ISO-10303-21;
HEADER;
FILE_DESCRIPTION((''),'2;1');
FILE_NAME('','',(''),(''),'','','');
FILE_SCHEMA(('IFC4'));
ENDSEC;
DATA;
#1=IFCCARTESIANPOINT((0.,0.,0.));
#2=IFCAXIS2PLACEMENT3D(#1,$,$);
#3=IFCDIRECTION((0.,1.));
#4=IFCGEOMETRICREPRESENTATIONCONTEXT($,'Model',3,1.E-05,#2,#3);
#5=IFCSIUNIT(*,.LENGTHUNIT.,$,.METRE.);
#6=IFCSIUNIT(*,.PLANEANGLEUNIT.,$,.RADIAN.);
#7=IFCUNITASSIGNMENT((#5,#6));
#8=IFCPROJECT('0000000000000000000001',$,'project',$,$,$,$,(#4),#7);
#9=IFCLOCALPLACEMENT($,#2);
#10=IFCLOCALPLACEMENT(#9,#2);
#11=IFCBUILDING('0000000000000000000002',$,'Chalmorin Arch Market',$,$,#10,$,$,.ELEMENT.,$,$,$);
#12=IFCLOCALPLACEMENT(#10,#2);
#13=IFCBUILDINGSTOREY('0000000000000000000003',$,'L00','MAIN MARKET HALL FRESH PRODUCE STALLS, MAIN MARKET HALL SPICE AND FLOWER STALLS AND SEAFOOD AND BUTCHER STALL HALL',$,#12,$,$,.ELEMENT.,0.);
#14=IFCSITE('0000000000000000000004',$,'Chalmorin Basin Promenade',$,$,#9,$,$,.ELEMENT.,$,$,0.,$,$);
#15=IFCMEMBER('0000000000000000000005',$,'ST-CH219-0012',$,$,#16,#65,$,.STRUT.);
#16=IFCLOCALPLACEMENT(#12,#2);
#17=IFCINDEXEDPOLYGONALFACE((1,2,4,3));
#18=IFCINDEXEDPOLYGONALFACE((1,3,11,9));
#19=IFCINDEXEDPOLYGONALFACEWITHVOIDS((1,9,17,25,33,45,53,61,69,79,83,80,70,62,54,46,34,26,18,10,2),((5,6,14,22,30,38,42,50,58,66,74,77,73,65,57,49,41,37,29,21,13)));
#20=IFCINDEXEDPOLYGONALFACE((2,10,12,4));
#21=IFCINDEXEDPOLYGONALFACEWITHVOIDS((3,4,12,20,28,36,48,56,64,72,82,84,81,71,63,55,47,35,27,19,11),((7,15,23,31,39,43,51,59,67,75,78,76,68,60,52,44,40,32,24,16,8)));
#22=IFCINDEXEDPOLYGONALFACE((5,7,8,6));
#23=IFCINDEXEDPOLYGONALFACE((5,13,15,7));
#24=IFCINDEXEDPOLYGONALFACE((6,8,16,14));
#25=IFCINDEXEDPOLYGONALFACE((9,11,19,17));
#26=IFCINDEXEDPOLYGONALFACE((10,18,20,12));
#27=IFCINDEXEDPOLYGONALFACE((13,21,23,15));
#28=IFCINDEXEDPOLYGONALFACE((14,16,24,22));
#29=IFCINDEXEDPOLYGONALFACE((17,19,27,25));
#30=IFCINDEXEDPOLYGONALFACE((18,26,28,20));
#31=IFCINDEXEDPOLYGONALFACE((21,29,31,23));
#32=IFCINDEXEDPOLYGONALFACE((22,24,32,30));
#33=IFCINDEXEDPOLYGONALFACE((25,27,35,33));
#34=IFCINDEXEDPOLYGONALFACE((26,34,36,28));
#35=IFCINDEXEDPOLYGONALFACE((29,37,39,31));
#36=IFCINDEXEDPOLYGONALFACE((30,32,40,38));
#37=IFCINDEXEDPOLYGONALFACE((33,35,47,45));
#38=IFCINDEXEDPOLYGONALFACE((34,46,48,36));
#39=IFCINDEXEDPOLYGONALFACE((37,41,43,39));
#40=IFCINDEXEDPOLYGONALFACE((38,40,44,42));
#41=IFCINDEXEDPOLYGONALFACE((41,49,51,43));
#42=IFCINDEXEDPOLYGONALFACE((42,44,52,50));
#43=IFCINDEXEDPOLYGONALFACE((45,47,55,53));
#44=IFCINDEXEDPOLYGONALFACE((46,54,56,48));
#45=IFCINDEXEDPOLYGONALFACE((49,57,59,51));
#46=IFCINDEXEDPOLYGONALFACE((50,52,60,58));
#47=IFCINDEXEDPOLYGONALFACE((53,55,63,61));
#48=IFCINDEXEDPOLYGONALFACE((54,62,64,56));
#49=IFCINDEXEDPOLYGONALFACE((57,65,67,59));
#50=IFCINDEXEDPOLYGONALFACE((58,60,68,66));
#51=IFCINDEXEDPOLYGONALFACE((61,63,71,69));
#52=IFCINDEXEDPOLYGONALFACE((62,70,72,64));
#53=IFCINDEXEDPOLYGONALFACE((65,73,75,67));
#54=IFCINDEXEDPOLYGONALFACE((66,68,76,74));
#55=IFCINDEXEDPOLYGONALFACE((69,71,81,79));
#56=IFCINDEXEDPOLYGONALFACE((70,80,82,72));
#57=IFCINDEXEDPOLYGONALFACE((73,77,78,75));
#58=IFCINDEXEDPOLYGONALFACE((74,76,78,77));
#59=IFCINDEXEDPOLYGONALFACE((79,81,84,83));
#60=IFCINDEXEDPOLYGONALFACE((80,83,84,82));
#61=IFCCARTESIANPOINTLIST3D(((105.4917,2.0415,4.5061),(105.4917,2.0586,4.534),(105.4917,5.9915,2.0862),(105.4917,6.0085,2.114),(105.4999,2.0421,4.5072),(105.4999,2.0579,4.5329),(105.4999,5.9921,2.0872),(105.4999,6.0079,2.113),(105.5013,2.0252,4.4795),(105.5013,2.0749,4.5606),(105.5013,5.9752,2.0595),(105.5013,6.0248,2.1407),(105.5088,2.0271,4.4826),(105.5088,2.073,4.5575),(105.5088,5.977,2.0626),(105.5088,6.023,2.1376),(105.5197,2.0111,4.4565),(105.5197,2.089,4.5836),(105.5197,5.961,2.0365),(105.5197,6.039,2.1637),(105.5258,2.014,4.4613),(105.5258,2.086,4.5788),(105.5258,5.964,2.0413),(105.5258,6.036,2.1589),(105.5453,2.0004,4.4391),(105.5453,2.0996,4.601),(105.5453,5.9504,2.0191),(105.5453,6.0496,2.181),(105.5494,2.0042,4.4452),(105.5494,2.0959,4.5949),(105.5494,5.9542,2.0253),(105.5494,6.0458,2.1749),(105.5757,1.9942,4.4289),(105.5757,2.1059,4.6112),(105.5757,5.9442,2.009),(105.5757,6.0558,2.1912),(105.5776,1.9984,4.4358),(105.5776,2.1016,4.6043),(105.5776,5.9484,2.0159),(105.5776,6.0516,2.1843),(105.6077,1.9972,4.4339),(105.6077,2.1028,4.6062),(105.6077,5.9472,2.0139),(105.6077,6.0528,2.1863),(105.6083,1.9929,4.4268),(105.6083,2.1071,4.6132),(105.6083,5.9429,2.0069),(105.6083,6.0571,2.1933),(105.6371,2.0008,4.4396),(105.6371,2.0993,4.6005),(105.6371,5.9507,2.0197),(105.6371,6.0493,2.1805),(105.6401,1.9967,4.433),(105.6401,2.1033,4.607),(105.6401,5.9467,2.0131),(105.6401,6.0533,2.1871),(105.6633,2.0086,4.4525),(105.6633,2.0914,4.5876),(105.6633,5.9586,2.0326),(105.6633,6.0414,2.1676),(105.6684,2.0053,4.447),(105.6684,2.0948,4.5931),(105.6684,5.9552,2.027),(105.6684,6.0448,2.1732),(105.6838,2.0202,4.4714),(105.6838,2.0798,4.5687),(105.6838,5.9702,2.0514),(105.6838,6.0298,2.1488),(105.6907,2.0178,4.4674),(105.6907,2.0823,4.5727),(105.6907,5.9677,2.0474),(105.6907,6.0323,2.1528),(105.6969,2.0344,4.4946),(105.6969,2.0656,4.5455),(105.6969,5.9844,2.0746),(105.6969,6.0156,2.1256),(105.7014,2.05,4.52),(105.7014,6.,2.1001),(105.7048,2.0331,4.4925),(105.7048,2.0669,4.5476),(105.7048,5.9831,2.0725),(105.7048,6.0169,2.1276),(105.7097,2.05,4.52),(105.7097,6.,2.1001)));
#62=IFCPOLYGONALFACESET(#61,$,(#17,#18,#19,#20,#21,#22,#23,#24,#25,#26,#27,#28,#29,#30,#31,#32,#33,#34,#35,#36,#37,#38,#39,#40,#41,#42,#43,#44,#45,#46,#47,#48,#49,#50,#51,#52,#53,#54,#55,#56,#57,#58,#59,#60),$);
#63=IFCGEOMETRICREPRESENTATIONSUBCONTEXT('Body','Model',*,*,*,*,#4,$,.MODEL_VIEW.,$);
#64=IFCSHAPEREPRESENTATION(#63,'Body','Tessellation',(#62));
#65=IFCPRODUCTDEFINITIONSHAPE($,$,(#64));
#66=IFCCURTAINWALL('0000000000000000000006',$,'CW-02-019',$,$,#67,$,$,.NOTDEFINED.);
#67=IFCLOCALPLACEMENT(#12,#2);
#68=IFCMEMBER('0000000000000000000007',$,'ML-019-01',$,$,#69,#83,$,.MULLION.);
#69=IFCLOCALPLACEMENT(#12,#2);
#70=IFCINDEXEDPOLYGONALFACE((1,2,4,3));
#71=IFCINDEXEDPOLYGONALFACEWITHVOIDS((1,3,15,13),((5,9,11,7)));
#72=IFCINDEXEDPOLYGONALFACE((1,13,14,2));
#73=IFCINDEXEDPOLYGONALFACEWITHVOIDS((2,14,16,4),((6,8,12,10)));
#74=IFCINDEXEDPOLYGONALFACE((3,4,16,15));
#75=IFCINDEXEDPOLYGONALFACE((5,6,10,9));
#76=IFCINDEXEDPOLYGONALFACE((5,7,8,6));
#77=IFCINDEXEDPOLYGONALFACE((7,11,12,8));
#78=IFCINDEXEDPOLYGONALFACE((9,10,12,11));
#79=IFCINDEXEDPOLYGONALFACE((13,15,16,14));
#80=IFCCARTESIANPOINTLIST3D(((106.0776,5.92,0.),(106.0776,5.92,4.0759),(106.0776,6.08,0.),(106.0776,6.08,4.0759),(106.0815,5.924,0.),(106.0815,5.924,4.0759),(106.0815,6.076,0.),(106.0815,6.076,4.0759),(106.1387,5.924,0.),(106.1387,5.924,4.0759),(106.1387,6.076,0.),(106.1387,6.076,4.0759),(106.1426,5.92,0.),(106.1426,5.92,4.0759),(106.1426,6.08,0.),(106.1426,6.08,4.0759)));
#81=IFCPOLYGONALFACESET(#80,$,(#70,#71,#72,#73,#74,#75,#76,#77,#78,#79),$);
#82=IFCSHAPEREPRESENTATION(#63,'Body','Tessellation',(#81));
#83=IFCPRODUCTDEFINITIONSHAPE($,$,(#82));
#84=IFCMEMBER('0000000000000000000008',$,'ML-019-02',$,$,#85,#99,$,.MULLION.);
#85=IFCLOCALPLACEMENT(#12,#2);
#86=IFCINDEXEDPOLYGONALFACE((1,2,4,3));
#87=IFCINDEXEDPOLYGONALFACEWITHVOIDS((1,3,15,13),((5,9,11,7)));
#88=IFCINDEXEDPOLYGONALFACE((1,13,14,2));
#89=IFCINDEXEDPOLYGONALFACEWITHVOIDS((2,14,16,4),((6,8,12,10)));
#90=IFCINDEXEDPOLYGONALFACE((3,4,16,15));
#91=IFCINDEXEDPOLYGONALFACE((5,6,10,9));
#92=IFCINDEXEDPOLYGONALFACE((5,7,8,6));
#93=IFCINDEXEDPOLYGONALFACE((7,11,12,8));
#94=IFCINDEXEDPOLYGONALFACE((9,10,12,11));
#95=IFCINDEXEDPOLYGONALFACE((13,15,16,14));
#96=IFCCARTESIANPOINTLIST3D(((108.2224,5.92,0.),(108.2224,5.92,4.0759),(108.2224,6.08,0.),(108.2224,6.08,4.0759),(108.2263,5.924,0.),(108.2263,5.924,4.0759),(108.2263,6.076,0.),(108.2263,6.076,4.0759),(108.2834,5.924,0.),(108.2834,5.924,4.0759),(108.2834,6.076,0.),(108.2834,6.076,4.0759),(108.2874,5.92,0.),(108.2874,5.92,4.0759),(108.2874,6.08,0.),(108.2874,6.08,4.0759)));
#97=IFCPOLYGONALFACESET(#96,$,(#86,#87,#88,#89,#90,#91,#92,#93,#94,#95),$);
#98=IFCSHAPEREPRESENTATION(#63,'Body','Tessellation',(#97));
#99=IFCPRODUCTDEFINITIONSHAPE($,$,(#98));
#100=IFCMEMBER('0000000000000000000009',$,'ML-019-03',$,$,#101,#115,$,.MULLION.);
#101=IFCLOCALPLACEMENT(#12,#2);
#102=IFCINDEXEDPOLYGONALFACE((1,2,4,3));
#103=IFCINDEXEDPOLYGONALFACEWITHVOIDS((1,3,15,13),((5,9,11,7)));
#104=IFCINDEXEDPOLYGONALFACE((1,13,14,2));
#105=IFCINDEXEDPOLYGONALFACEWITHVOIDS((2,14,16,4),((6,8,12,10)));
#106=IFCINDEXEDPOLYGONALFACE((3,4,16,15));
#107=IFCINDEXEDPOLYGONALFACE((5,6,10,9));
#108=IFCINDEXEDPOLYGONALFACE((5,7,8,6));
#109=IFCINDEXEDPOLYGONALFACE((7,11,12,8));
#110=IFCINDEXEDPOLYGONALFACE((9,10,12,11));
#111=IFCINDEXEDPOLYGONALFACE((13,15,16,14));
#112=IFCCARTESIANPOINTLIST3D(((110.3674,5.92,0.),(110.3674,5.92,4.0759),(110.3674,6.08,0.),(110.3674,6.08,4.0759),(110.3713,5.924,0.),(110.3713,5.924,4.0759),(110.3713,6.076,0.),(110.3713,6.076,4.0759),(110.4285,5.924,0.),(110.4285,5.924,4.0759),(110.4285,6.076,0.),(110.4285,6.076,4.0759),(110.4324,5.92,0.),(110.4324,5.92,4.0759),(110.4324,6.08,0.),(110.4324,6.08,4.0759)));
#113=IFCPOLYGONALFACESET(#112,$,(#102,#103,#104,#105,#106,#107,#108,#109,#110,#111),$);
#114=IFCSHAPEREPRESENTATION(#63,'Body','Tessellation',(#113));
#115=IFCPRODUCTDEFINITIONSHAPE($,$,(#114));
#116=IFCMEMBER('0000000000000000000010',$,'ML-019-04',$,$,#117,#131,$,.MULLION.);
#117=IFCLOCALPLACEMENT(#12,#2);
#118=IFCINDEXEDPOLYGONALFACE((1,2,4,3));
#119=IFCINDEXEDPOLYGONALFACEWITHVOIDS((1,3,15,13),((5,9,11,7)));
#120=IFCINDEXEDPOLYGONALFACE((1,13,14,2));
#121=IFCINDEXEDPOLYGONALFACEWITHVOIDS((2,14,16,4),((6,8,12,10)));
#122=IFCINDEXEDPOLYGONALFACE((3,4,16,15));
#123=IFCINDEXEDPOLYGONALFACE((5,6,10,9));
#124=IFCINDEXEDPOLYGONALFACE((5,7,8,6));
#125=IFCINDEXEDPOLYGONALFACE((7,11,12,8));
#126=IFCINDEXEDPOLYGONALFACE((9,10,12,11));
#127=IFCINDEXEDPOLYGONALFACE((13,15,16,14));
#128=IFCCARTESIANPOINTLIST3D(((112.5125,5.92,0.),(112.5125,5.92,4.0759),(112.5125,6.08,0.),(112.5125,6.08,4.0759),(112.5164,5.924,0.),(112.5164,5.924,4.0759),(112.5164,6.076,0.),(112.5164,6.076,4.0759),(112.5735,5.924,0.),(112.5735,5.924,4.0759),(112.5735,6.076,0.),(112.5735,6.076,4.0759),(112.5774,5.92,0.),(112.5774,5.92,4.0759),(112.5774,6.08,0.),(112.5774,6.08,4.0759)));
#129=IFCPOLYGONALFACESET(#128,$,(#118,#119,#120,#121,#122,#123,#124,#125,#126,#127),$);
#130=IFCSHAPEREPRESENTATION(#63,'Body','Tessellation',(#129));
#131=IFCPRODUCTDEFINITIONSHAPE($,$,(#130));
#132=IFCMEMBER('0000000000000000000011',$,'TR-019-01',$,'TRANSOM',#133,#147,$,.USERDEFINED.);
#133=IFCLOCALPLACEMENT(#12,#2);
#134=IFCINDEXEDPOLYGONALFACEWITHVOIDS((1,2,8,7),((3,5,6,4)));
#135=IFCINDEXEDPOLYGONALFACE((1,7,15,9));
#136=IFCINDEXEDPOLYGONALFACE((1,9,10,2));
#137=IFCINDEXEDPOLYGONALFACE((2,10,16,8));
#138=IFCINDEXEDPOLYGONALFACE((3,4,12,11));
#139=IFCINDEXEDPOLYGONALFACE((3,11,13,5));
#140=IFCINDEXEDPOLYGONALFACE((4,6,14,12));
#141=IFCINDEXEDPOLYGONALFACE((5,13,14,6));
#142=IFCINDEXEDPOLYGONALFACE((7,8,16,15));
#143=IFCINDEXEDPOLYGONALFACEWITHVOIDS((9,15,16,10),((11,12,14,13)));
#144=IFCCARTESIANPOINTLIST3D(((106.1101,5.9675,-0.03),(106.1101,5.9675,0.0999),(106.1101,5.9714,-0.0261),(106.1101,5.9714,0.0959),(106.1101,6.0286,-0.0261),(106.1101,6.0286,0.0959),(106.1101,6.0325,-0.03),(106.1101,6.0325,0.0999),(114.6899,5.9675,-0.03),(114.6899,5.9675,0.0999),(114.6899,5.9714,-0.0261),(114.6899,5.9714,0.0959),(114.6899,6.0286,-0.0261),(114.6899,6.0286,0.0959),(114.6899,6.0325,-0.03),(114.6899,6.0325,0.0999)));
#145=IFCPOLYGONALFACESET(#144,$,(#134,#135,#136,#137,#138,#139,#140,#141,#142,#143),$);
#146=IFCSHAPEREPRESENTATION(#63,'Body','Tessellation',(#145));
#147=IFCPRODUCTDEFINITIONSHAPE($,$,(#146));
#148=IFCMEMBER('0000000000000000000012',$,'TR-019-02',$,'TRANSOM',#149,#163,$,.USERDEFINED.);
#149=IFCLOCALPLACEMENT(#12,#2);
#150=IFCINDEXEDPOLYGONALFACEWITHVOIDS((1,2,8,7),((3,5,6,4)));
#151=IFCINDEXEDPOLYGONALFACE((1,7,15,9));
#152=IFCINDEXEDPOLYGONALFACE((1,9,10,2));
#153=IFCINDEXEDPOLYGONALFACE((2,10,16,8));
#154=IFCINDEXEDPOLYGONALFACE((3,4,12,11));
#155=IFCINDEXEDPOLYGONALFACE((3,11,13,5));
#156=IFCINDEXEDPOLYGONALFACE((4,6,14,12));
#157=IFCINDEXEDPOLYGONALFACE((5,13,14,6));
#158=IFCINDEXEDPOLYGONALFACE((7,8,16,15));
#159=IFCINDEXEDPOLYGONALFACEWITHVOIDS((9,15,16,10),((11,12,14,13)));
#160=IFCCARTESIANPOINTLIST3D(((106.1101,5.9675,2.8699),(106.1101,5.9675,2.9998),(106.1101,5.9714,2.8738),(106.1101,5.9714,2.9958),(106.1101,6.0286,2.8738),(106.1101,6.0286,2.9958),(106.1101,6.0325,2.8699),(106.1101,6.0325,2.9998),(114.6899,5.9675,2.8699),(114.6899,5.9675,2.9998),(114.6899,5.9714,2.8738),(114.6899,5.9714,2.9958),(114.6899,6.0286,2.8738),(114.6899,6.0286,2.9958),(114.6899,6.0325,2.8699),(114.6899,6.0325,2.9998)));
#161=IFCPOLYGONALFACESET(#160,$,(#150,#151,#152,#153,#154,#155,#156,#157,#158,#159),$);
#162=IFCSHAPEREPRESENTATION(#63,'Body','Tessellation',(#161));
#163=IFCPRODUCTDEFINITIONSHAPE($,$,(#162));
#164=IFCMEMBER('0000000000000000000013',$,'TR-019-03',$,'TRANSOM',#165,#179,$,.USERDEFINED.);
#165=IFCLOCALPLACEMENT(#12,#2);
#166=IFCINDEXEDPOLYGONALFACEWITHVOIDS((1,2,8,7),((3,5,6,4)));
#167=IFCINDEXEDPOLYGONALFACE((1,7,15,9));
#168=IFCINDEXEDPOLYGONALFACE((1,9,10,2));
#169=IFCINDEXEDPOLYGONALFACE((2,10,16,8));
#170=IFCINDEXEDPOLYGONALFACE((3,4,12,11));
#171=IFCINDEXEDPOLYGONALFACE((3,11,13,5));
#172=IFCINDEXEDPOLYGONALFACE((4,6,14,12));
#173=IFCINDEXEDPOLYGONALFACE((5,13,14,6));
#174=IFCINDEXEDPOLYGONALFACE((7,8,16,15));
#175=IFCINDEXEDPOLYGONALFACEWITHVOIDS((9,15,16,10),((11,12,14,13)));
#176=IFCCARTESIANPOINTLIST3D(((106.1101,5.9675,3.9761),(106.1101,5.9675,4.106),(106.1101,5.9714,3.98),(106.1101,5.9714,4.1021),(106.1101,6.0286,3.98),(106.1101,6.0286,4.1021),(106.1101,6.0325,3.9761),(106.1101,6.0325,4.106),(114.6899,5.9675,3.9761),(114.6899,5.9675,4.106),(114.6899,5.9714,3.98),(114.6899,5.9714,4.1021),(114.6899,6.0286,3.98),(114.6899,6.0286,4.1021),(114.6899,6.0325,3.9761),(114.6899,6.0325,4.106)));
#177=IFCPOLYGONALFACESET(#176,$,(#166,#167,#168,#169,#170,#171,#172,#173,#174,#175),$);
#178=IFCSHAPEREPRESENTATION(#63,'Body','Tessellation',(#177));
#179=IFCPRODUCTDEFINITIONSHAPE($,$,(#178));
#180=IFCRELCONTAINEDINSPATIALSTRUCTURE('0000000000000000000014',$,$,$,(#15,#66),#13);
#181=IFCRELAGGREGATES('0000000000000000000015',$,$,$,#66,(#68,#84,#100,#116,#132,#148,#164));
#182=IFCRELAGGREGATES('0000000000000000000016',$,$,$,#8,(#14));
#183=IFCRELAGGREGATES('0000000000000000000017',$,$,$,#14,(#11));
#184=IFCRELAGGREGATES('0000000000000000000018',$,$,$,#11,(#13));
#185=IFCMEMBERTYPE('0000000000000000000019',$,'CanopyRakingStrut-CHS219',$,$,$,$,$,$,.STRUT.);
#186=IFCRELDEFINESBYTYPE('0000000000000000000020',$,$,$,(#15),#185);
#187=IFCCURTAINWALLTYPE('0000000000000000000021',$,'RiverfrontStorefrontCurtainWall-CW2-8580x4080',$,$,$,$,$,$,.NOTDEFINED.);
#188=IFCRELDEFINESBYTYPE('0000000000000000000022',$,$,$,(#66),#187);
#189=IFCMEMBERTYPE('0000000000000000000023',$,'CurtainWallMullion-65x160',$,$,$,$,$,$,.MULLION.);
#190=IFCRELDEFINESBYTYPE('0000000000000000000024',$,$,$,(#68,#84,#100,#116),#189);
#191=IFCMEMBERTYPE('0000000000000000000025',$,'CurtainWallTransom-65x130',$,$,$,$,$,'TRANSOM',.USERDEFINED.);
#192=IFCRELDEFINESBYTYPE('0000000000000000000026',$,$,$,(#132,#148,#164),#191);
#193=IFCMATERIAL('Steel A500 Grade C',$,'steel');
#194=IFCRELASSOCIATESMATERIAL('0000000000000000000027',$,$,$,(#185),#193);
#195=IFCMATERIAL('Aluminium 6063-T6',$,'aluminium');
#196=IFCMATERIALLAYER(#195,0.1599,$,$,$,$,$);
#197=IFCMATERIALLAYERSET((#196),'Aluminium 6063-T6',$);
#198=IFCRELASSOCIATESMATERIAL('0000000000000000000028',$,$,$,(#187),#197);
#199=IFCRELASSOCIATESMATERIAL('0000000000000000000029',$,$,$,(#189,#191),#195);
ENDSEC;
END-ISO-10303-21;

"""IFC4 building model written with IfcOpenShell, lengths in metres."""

from ifc_helpers import new_model, si_unit, direction, frame, origin, origin_2d, place, context, subcontext, project, spatial, hollow_rectangle, hollow_circle, extrude, material, layer, layer_set, material_profile, profile_set, type_object, element, aggregate, save


model = new_model("IFC4")

# Units and contexts
model_context = context("Model", 3, precision=1e-05, world=origin(), true_north=direction((0.0, 1.0)))
body_context = subcontext(model_context, "Body", "Model", "MODEL_VIEW")
ifc_project = project(units=[si_unit("LENGTHUNIT", "METRE"), si_unit("PLANEANGLEUNIT", "RADIAN")], contexts=[model_context])

# Site, building, storey
site_placement = place(None, origin())
site = spatial("IfcSite", under=ifc_project, at=site_placement, Name="Chalmorin Basin Promenade", CompositionType="ELEMENT", RefElevation=0.0)
building_placement = place(site_placement, origin())
building = spatial("IfcBuilding", under=site, at=building_placement, Name="Chalmorin Arch Market", CompositionType="ELEMENT")
storey_placement = place(building_placement, origin())
storey = spatial("IfcBuildingStorey", under=building, at=storey_placement, Name="L00", Description="MAIN MARKET HALL FRESH PRODUCE STALLS, MAIN MARKET HALL SPICE AND FLOWER STALLS AND SEAFOOD AND BUTCHER STALL HALL", CompositionType="ELEMENT", Elevation=0.0)

# Member
ifc_material_1 = material(Name="Steel A500 Grade C", Category="steel")
ifc_material_profile_1 = material_profile(ifc_material_1, hollow_circle(Radius=0.1096, WallThickness=0.0083, at=origin_2d()), Name="CHS219X8")
ifc_profile_set_1 = profile_set([ifc_material_profile_1], Name="Steel A500 Grade C")
member_type_1 = type_object("IfcMemberType", Name="CanopyRakingStrut-CHS219", PredefinedType="STRUT", material=ifc_profile_set_1)
member_1_placement = place(storey_placement, frame((105.6001, 6.0, 2.1001), z_axis=(0.0, -0.852699, 0.522403), x_axis=(1.0, 0.0, 0.0)))
element("IfcMember", 1, at=member_1_placement, inside=storey, type_object=member_type_1, Name="ST-CH219-0012", PredefinedType="STRUT", context=body_context, shape_type="SweptSolid", body=[
    extrude(hollow_circle(Radius=0.1096, WallThickness=0.0083, at=origin_2d()), origin(), (0.0, 0.0, 1.0), 4.6323),
])

# Curtain wall, members
ifc_material_2 = material(Name="Aluminium 6063-T6", Category="aluminium")
ifc_layer_1 = layer(ifc_material_2, 0.1599)
ifc_layer_set_1 = layer_set([ifc_layer_1], Name="Aluminium 6063-T6")
curtain_wall_type = type_object("IfcCurtainWallType", Name="RiverfrontStorefrontCurtainWall-CW2-8580x4080", PredefinedType="NOTDEFINED", material=ifc_layer_set_1)
curtain_wall_placement = place(storey_placement, origin())
curtain_wall = element("IfcCurtainWall", 2, at=curtain_wall_placement, inside=storey, type_object=curtain_wall_type, Name="CW-02-019", PredefinedType="NOTDEFINED")
ifc_material_profile_2 = material_profile(ifc_material_2, hollow_rectangle(XDim=0.0649, YDim=0.1599, WallThickness=0.0039, at=origin_2d()), Name="ALU65X160X4")
ifc_profile_set_2 = profile_set([ifc_material_profile_2], Name="Aluminium 6063-T6")
member_type_2 = type_object("IfcMemberType", Name="CurtainWallMullion-65x160", PredefinedType="MULLION", material=ifc_profile_set_2)
member_2_placement = place(storey_placement, frame((106.1101, 6.0, 0.0), z_axis=(0.0, 0.0, 1.0), x_axis=(1.0, 0.0, 0.0)))
member_2 = element("IfcMember", 3, at=member_2_placement, type_object=member_type_2, Name="ML-019-01", PredefinedType="MULLION", context=body_context, shape_type="SweptSolid", body=[
    extrude(hollow_rectangle(XDim=0.0649, YDim=0.1599, WallThickness=0.0039, at=origin_2d()), origin(), (0.0, 0.0, 1.0), 4.0759),
])
member_3_placement = place(storey_placement, frame((108.2549, 6.0, 0.0), z_axis=(0.0, 0.0, 1.0), x_axis=(1.0, 0.0, 0.0)))
member_3 = element("IfcMember", 4, at=member_3_placement, type_object=member_type_2, Name="ML-019-02", PredefinedType="MULLION", context=body_context, shape_type="SweptSolid", body=[
    extrude(hollow_rectangle(XDim=0.0649, YDim=0.1599, WallThickness=0.0039, at=origin_2d()), origin(), (0.0, 0.0, 1.0), 4.0759),
])
member_4_placement = place(storey_placement, frame((110.3999, 6.0, 0.0), z_axis=(0.0, 0.0, 1.0), x_axis=(1.0, 0.0, 0.0)))
member_4 = element("IfcMember", 5, at=member_4_placement, type_object=member_type_2, Name="ML-019-03", PredefinedType="MULLION", context=body_context, shape_type="SweptSolid", body=[
    extrude(hollow_rectangle(XDim=0.0649, YDim=0.1599, WallThickness=0.0039, at=origin_2d()), origin(), (0.0, 0.0, 1.0), 4.0759),
])
member_5_placement = place(storey_placement, frame((112.5449, 6.0, 0.0), z_axis=(0.0, 0.0, 1.0), x_axis=(1.0, 0.0, 0.0)))
member_5 = element("IfcMember", 6, at=member_5_placement, type_object=member_type_2, Name="ML-019-04", PredefinedType="MULLION", context=body_context, shape_type="SweptSolid", body=[
    extrude(hollow_rectangle(XDim=0.0649, YDim=0.1599, WallThickness=0.0039, at=origin_2d()), origin(), (0.0, 0.0, 1.0), 4.0759),
])
ifc_material_profile_3 = material_profile(ifc_material_2, hollow_rectangle(XDim=0.0649, YDim=0.1299, WallThickness=0.0039, at=origin_2d()), Name="ALU65X130X4")
ifc_profile_set_3 = profile_set([ifc_material_profile_3], Name="Aluminium 6063-T6")
member_type_3 = type_object("IfcMemberType", Name="CurtainWallTransom-65x130", ElementType="TRANSOM", PredefinedType="USERDEFINED", material=ifc_profile_set_3)
member_6_placement = place(storey_placement, frame((106.1101, 6.0, 0.0349), z_axis=(1.0, 0.0, 0.0), x_axis=(0.0, 1.0, 0.0)))
member_6 = element("IfcMember", 7, at=member_6_placement, type_object=member_type_3, Name="TR-019-01", ObjectType="TRANSOM", PredefinedType="USERDEFINED", context=body_context, shape_type="SweptSolid", body=[
    extrude(hollow_rectangle(XDim=0.0649, YDim=0.1299, WallThickness=0.0039, at=origin_2d()), origin(), (0.0, 0.0, 1.0), 8.5798),
])
member_7_placement = place(storey_placement, frame((106.1101, 6.0, 2.9348), z_axis=(1.0, 0.0, 0.0), x_axis=(0.0, 1.0, 0.0)))
member_7 = element("IfcMember", 8, at=member_7_placement, type_object=member_type_3, Name="TR-019-02", ObjectType="TRANSOM", PredefinedType="USERDEFINED", context=body_context, shape_type="SweptSolid", body=[
    extrude(hollow_rectangle(XDim=0.0649, YDim=0.1299, WallThickness=0.0039, at=origin_2d()), origin(), (0.0, 0.0, 1.0), 8.5798),
])
member_8_placement = place(storey_placement, frame((106.1101, 6.0, 4.041), z_axis=(1.0, 0.0, 0.0), x_axis=(0.0, 1.0, 0.0)))
member_8 = element("IfcMember", 9, at=member_8_placement, type_object=member_type_3, Name="TR-019-03", ObjectType="TRANSOM", PredefinedType="USERDEFINED", context=body_context, shape_type="SweptSolid", body=[
    extrude(hollow_rectangle(XDim=0.0649, YDim=0.1299, WallThickness=0.0039, at=origin_2d()), origin(), (0.0, 0.0, 1.0), 8.5798),
])

aggregate(curtain_wall, [member_2, member_3, member_4, member_5, member_6, member_7, member_8])

save(model, "model.ifc")
